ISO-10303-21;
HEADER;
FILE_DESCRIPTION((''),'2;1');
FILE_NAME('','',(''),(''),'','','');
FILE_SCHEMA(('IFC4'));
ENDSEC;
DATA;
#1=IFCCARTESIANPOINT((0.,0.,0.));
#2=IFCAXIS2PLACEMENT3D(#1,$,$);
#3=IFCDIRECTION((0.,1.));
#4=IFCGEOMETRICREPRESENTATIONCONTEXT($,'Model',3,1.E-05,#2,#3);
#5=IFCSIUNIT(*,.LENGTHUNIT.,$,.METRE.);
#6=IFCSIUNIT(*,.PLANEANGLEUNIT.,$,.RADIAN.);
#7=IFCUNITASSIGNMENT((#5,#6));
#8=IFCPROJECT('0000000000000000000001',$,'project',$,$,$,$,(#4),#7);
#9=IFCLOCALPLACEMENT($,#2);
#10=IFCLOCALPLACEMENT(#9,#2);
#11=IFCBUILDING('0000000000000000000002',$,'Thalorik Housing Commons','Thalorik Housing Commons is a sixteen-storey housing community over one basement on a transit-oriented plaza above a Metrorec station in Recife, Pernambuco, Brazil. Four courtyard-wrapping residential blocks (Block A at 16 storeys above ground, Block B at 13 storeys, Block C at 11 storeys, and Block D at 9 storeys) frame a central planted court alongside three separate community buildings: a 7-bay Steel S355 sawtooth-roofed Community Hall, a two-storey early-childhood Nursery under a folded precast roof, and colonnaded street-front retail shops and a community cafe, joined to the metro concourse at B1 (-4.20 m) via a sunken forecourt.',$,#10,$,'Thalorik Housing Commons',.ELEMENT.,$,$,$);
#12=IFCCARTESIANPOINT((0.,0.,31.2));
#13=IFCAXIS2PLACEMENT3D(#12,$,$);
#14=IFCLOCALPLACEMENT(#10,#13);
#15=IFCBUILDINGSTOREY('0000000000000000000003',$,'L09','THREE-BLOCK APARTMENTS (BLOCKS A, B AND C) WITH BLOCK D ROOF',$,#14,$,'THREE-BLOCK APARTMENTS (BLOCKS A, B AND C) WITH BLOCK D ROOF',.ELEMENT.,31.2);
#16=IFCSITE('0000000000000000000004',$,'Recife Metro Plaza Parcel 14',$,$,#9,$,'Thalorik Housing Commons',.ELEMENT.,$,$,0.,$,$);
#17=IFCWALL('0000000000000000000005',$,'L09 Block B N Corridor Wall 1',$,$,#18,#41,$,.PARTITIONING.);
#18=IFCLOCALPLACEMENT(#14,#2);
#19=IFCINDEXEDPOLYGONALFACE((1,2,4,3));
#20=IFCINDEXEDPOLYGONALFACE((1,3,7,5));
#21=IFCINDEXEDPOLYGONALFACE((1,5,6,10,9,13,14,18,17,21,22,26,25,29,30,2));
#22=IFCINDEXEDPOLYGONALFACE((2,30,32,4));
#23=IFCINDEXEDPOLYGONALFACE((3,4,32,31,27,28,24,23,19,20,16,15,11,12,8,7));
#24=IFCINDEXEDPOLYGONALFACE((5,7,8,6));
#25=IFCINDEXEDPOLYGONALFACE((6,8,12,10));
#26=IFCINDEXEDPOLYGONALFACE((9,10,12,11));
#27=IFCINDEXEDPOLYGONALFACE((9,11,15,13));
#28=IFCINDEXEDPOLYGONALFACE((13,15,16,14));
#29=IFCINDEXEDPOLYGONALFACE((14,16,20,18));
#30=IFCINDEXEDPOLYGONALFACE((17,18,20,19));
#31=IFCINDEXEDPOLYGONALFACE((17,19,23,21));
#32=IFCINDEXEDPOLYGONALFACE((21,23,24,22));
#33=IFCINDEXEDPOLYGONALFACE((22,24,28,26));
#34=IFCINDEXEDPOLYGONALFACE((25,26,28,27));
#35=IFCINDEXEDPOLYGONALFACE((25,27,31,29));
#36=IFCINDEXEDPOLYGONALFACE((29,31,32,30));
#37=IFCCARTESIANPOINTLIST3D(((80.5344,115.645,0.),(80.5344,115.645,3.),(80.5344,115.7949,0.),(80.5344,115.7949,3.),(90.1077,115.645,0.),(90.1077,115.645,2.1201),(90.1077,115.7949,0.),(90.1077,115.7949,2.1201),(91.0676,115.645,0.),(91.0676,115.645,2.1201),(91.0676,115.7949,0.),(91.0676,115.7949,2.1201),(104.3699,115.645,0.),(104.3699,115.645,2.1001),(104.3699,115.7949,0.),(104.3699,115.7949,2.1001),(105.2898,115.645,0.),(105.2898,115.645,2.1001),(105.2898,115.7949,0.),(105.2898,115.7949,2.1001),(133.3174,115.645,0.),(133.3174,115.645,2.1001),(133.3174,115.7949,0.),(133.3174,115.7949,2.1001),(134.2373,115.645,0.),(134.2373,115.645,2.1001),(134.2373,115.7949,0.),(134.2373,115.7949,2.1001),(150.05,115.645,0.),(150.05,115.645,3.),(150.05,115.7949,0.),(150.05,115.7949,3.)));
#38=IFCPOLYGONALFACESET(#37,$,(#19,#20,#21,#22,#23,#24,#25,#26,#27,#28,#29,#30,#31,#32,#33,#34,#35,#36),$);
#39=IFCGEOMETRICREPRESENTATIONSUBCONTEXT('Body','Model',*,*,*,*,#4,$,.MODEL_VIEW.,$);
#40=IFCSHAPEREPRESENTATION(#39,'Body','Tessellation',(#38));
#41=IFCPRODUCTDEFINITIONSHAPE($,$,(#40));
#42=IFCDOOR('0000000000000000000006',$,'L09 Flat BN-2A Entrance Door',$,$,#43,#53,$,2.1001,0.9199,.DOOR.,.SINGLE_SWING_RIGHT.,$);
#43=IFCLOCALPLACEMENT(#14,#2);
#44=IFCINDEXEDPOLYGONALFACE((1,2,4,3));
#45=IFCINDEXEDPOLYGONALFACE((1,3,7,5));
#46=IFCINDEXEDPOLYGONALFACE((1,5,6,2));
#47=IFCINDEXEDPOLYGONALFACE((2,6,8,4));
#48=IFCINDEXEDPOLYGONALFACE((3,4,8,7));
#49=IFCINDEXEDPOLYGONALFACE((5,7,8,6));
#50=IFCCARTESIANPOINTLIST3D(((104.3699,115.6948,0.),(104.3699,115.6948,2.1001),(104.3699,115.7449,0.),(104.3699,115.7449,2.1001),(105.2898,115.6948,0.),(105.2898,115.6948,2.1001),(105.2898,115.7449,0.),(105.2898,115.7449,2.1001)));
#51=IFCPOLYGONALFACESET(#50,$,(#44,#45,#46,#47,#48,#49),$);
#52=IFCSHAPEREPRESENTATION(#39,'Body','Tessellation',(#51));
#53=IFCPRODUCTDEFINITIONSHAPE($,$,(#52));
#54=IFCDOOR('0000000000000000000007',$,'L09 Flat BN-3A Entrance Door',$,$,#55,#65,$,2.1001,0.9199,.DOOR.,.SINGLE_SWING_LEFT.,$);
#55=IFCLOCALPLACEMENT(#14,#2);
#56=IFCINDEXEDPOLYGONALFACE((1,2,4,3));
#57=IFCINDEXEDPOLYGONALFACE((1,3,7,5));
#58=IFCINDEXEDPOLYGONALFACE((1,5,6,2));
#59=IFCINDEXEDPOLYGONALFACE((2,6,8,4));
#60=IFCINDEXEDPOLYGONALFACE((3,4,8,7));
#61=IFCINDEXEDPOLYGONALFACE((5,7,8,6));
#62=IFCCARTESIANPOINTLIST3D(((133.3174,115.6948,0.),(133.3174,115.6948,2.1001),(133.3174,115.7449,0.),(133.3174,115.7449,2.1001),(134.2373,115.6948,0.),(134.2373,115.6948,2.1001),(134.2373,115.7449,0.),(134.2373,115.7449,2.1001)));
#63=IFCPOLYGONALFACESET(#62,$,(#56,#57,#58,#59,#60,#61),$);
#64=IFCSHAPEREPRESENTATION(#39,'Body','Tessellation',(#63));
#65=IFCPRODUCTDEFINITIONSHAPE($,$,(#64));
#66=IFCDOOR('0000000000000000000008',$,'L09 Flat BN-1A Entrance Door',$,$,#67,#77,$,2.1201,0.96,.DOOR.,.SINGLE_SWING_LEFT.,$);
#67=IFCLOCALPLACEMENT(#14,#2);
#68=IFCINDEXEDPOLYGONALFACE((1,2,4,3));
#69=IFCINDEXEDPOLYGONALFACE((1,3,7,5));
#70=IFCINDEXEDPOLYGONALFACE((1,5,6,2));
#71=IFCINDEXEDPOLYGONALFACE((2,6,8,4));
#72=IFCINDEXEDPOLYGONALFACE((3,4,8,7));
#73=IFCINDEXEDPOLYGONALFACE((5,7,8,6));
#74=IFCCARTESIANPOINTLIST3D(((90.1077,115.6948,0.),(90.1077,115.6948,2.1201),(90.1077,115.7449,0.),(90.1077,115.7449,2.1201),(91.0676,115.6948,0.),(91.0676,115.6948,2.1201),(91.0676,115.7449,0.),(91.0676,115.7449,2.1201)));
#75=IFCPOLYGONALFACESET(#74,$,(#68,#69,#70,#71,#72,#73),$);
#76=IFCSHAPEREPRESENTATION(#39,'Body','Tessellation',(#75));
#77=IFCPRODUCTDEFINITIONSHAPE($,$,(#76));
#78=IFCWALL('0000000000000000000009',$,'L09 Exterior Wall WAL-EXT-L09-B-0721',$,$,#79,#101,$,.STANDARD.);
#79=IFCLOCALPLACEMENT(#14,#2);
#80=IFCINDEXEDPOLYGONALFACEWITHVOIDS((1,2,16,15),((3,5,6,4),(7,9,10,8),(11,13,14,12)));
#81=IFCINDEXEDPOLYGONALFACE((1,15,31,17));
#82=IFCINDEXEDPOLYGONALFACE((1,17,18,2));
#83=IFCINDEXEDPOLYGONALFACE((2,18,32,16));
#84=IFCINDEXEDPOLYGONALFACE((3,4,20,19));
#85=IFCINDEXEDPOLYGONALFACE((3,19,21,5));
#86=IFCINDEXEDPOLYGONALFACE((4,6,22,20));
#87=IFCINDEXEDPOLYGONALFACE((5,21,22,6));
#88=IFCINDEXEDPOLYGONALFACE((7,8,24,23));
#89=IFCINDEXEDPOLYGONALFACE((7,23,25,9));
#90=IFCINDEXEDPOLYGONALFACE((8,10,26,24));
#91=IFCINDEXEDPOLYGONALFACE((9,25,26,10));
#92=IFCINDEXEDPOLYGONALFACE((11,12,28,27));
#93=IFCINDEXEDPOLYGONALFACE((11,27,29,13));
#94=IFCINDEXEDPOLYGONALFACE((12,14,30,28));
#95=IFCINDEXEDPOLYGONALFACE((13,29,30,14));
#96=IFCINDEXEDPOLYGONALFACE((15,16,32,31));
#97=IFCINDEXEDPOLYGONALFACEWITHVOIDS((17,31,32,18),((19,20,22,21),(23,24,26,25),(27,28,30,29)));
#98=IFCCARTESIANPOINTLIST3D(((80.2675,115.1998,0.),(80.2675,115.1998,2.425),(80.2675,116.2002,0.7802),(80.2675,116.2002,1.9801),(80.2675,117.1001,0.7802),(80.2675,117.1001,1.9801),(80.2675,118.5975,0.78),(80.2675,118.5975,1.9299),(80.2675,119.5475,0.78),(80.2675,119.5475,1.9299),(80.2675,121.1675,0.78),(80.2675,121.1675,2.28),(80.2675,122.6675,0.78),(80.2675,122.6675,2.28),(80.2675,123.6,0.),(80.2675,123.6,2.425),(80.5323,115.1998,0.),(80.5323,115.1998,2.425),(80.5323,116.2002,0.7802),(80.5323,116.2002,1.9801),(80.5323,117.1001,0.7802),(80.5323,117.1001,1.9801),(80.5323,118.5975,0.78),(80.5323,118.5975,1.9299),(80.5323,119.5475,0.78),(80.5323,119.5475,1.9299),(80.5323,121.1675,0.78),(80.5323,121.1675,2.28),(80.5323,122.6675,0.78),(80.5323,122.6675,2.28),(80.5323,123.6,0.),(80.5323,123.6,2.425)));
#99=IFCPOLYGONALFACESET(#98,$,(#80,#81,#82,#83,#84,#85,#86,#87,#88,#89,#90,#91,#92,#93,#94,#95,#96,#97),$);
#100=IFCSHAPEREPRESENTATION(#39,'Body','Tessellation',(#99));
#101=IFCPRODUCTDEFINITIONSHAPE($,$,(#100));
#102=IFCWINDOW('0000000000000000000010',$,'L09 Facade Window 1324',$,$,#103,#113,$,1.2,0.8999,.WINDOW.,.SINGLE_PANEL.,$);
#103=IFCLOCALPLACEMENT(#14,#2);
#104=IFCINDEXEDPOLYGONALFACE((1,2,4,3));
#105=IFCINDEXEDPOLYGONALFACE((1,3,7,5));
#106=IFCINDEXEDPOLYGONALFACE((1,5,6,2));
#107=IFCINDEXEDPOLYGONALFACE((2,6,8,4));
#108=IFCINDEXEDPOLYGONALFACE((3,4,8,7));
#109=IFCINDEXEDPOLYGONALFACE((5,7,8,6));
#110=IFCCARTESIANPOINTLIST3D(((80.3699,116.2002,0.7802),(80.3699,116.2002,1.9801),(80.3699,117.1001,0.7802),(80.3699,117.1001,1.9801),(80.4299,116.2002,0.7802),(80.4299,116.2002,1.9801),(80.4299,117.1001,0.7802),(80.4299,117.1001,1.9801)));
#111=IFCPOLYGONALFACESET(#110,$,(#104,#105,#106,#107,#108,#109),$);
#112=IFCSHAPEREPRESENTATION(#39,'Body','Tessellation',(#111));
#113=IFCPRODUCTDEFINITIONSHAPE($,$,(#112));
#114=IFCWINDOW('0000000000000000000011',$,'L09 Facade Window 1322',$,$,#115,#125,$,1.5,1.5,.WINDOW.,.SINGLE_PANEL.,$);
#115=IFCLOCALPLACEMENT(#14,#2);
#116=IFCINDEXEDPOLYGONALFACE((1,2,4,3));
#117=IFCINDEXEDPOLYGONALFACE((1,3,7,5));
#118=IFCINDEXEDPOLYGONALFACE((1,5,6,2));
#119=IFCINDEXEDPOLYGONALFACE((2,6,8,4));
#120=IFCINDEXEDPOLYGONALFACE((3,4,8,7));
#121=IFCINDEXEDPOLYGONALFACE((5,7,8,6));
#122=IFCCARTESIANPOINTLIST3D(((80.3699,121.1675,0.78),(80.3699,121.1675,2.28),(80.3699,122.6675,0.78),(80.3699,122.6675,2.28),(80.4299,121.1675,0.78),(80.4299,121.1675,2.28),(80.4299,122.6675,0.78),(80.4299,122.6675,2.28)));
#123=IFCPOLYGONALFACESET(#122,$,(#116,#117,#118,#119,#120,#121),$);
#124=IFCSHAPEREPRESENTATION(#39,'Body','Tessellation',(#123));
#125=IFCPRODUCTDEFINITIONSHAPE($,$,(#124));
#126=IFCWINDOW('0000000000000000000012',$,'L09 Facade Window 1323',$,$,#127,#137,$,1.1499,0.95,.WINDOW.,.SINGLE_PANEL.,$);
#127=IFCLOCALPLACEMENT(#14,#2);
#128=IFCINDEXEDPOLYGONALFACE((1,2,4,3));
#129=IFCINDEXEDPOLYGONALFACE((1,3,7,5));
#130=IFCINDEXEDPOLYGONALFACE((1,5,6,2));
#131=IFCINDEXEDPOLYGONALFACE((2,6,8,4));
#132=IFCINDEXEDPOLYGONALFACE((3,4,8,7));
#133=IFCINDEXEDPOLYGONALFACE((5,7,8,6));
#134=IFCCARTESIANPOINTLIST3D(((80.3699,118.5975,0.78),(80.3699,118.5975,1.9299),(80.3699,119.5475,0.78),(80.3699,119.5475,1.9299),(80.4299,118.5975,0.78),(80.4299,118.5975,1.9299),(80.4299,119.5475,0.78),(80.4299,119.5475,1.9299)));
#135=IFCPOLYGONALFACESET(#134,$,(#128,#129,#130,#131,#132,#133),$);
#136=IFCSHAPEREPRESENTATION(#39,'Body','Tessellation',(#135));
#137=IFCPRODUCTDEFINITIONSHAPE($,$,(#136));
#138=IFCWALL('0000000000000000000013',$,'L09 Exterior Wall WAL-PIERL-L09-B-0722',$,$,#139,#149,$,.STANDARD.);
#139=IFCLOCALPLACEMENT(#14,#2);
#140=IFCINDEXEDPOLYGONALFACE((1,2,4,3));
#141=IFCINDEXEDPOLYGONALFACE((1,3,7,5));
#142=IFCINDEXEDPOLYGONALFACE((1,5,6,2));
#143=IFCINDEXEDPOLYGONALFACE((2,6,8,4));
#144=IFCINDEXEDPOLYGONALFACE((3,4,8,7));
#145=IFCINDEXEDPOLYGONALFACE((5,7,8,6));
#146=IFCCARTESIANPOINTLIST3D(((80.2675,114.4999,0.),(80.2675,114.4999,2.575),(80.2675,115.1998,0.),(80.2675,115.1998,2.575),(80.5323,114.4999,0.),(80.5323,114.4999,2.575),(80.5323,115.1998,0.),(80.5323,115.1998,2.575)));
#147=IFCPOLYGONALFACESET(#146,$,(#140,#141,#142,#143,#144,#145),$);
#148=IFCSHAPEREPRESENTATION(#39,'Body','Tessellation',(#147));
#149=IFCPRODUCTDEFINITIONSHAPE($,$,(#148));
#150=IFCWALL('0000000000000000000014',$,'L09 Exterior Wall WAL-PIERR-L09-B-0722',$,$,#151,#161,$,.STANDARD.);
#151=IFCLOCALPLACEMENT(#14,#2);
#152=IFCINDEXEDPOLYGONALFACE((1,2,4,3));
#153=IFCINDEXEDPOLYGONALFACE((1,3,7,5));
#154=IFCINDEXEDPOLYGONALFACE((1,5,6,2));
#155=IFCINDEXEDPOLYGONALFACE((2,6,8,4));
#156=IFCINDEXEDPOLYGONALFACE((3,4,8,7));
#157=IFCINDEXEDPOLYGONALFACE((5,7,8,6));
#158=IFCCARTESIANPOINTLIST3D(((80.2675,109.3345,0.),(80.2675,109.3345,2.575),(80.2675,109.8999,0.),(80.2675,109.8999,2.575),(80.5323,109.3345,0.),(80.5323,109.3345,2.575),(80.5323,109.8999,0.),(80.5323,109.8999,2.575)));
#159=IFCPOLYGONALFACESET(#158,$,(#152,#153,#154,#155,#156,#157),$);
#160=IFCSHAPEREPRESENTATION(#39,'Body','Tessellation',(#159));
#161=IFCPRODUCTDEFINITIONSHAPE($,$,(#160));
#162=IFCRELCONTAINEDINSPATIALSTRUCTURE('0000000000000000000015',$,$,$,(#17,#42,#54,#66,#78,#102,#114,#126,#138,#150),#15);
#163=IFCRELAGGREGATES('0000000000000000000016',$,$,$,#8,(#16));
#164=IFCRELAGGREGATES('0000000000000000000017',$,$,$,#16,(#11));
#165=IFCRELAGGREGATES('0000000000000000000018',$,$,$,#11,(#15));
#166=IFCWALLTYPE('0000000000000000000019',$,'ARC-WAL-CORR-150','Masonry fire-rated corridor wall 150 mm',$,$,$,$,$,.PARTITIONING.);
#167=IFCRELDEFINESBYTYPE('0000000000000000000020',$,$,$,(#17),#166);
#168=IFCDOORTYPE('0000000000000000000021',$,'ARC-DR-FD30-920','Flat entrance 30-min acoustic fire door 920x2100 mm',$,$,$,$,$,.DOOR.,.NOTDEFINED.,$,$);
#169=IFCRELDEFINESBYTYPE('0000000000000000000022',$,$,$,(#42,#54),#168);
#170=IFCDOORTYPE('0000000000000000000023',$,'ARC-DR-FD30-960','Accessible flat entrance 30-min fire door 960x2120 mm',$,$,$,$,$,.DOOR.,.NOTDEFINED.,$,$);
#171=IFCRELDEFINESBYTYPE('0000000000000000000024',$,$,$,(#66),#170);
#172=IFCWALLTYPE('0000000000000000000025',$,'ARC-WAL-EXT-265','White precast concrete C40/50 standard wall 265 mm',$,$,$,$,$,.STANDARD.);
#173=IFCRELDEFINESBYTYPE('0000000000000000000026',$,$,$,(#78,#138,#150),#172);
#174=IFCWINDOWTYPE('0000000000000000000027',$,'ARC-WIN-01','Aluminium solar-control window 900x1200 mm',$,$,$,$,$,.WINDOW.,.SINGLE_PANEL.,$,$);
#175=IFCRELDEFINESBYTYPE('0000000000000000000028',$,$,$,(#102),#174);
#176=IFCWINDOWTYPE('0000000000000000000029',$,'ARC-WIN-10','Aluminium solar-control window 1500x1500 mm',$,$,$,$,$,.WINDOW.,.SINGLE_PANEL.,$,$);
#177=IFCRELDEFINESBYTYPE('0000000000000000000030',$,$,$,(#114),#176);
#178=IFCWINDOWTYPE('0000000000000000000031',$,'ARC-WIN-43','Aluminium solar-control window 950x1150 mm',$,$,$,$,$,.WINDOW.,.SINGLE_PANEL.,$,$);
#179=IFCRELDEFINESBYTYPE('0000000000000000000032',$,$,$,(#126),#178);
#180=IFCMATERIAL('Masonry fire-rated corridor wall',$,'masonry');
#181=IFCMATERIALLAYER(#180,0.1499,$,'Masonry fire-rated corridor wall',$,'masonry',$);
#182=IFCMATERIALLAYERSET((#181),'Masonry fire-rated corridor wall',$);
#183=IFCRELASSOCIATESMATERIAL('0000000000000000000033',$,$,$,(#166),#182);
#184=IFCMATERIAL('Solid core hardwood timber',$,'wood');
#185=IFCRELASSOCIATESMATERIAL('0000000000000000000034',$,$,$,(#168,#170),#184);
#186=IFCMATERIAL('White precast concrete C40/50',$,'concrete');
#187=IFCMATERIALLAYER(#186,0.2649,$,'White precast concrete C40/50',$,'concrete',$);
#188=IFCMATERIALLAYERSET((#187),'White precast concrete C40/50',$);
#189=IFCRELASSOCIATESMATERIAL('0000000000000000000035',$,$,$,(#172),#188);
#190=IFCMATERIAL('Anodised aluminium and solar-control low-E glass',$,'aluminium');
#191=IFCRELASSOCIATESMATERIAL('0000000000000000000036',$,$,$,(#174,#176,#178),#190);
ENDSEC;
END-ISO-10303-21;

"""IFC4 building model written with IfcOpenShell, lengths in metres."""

from ifc_helpers import new_model, si_unit, direction, frame, frame_2d, origin, place, context, subcontext, project, spatial, rectangle, extrude, material, layer, layer_set, type_object, element, fill, save


model = new_model("IFC4")

# Units and contexts
model_context = context("Model", 3, precision=1e-05, world=origin(), true_north=direction((0.0, 1.0)))
body_context = subcontext(model_context, "Body", "Model", "MODEL_VIEW")
ifc_project = project(units=[si_unit("LENGTHUNIT", "METRE"), si_unit("PLANEANGLEUNIT", "RADIAN")], contexts=[model_context])

# Site, building, storey
site_placement = place(None, origin())
site = spatial("IfcSite", under=ifc_project, at=site_placement, Name="Recife Metro Plaza Parcel 14", LongName="Thalorik Housing Commons", CompositionType="ELEMENT", RefElevation=0.0)
building_placement = place(site_placement, origin())
building = spatial("IfcBuilding", under=site, at=building_placement, Name="Thalorik Housing Commons", Description="Thalorik Housing Commons is a sixteen-storey housing community over one basement on a transit-oriented plaza above a Metrorec station in Recife, Pernambuco, Brazil. Four courtyard-wrapping residential blocks (Block A at 16 storeys above ground, Block B at 13 storeys, Block C at 11 storeys, and Block D at 9 storeys) frame a central planted court alongside three separate community buildings: a 7-bay Steel S355 sawtooth-roofed Community Hall, a two-storey early-childhood Nursery under a folded precast roof, and colonnaded street-front retail shops and a community cafe, joined to the metro concourse at B1 (-4.20 m) via a sunken forecourt.", LongName="Thalorik Housing Commons", CompositionType="ELEMENT")
storey_placement = place(building_placement, frame((0.0, 0.0, 31.2)))
storey = spatial("IfcBuildingStorey", under=building, at=storey_placement, Name="L09", Description="THREE-BLOCK APARTMENTS (BLOCKS A, B AND C) WITH BLOCK D ROOF", LongName="THREE-BLOCK APARTMENTS (BLOCKS A, B AND C) WITH BLOCK D ROOF", CompositionType="ELEMENT", Elevation=31.2)

# Shared definitions
ifc_material_1 = material(Name="Anodised aluminium and solar-control low-E glass", Category="aluminium")

# Wall, openings, doors
ifc_material_2 = material(Name="Masonry fire-rated corridor wall", Category="masonry")
ifc_layer_1 = layer(ifc_material_2, 0.1499, Name="Masonry fire-rated corridor wall", Category="masonry")
ifc_layer_set_1 = layer_set([ifc_layer_1], Name="Masonry fire-rated corridor wall")
wall_type_1 = type_object("IfcWallType", Name="ARC-WAL-CORR-150", Description="Masonry fire-rated corridor wall 150 mm", PredefinedType="PARTITIONING", material=ifc_layer_set_1)
wall_1_placement = place(storey_placement, frame((80.5344, 115.72, 0.0), z_axis=(0.0, 0.0, 1.0), x_axis=(1.0, 0.0, 0.0)))
wall_1 = element("IfcWall", 1, at=wall_1_placement, inside=storey, type_object=wall_type_1, Name="L09 Block B N Corridor Wall 1", PredefinedType="PARTITIONING", context=body_context, shape_type="SweptSolid", body=[
    extrude(rectangle(XDim=69.5156, YDim=0.1499, at=frame_2d((34.7578, 0.0))), origin(), (0.0, 0.0, 1.0), 3.0),
])
opening_1_placement = place(wall_1_placement, frame((9.5732, 0.0, 0.0)))
opening_1 = element("IfcOpeningElement", 2, at=opening_1_placement, cuts=wall_1, PredefinedType="OPENING", context=body_context, shape_type="SweptSolid", body=[
    extrude(rectangle(XDim=0.96, YDim=2.1201, at=frame_2d((0.48, 1.0601))), frame((0.0, 0.085, 0.0), z_axis=(0.0, -1.0, 0.0), x_axis=(1.0, 0.0, 0.0)), (0.0, 0.0, 1.0), 0.1699),
])
opening_2_placement = place(wall_1_placement, frame((23.8354, 0.0, 0.0)))
opening_2 = element("IfcOpeningElement", 3, at=opening_2_placement, cuts=wall_1, PredefinedType="OPENING", context=body_context, shape_type="SweptSolid", body=[
    extrude(rectangle(XDim=0.9199, YDim=2.1001, at=frame_2d((0.46, 1.05))), frame((0.0, 0.085, 0.0), z_axis=(0.0, -1.0, 0.0), x_axis=(1.0, 0.0, 0.0)), (0.0, 0.0, 1.0), 0.1699),
])
opening_3_placement = place(wall_1_placement, frame((52.783, 0.0, 0.0)))
opening_3 = element("IfcOpeningElement", 4, at=opening_3_placement, cuts=wall_1, PredefinedType="OPENING", context=body_context, shape_type="SweptSolid", body=[
    extrude(rectangle(XDim=0.9199, YDim=2.1001, at=frame_2d((0.46, 1.05))), frame((0.0, 0.085, 0.0), z_axis=(0.0, -1.0, 0.0), x_axis=(1.0, 0.0, 0.0)), (0.0, 0.0, 1.0), 0.1699),
])
ifc_material_3 = material(Name="Solid core hardwood timber", Category="wood")
door_type_1 = type_object("IfcDoorType", Name="ARC-DR-FD30-920", Description="Flat entrance 30-min acoustic fire door 920x2100 mm", OperationType="NOTDEFINED", PredefinedType="DOOR", material=ifc_material_3)
door_1_placement = place(opening_2_placement, origin())
door_1 = element("IfcDoor", 5, at=door_1_placement, inside=storey, type_object=door_type_1, Name="L09 Flat BN-2A Entrance Door", OperationType="SINGLE_SWING_RIGHT", OverallHeight=2.1001, OverallWidth=0.9199, PredefinedType="DOOR", context=body_context, shape_type="SweptSolid", body=[
    extrude(rectangle(XDim=0.9199, YDim=2.1001, at=frame_2d((0.46, 1.05))), frame((0.0, 0.0249, 0.0), z_axis=(0.0, -1.0, 0.0), x_axis=(1.0, 0.0, 0.0)), (0.0, 0.0, 1.0), 0.05),
])
fill(opening_2, door_1)
door_2_placement = place(opening_3_placement, origin())
door_2 = element("IfcDoor", 6, at=door_2_placement, inside=storey, type_object=door_type_1, Name="L09 Flat BN-3A Entrance Door", OperationType="SINGLE_SWING_LEFT", OverallHeight=2.1001, OverallWidth=0.9199, PredefinedType="DOOR", context=body_context, shape_type="SweptSolid", body=[
    extrude(rectangle(XDim=0.9199, YDim=2.1001, at=frame_2d((0.46, 1.05))), frame((0.0, 0.0249, 0.0), z_axis=(0.0, -1.0, 0.0), x_axis=(1.0, 0.0, 0.0)), (0.0, 0.0, 1.0), 0.05),
])
fill(opening_3, door_2)
door_type_2 = type_object("IfcDoorType", Name="ARC-DR-FD30-960", Description="Accessible flat entrance 30-min fire door 960x2120 mm", OperationType="NOTDEFINED", PredefinedType="DOOR", material=ifc_material_3)
door_3_placement = place(opening_1_placement, origin())
door_3 = element("IfcDoor", 7, at=door_3_placement, inside=storey, type_object=door_type_2, Name="L09 Flat BN-1A Entrance Door", OperationType="SINGLE_SWING_LEFT", OverallHeight=2.1201, OverallWidth=0.96, PredefinedType="DOOR", context=body_context, shape_type="SweptSolid", body=[
    extrude(rectangle(XDim=0.96, YDim=2.1201, at=frame_2d((0.48, 1.0601))), frame((0.0, 0.0249, 0.0), z_axis=(0.0, -1.0, 0.0), x_axis=(1.0, 0.0, 0.0)), (0.0, 0.0, 1.0), 0.05),
])
fill(opening_1, door_3)

# Wall, openings, windows
ifc_material_4 = material(Name="White precast concrete C40/50", Category="concrete")
ifc_layer_2 = layer(ifc_material_4, 0.2649, Name="White precast concrete C40/50", Category="concrete")
ifc_layer_set_2 = layer_set([ifc_layer_2], Name="White precast concrete C40/50")
wall_type_2 = type_object("IfcWallType", Name="ARC-WAL-EXT-265", Description="White precast concrete C40/50 standard wall 265 mm", PredefinedType="STANDARD", material=ifc_layer_set_2)
wall_2_placement = place(storey_placement, frame((80.3999, 123.6001, 0.0), z_axis=(0.0, 0.0, 1.0), x_axis=(0.0, -1.0, 0.0)))
wall_2 = element("IfcWall", 8, at=wall_2_placement, inside=storey, type_object=wall_type_2, Name="L09 Exterior Wall WAL-EXT-L09-B-0721", PredefinedType="STANDARD", context=body_context, shape_type="SweptSolid", body=[
    extrude(rectangle(XDim=8.4001, YDim=0.2649, at=frame_2d((4.2002, 0.0))), origin(), (0.0, 0.0, 1.0), 2.425),
])
opening_4_placement = place(wall_2_placement, frame((0.9326, 0.0, 0.78)))
opening_4 = element("IfcOpeningElement", 9, at=opening_4_placement, cuts=wall_2, PredefinedType="OPENING", context=body_context, shape_type="SweptSolid", body=[
    extrude(rectangle(XDim=1.5, YDim=1.5, at=frame_2d((0.75, 0.75))), frame((0.0, 0.1426, 0.0), z_axis=(0.0, -1.0, 0.0), x_axis=(1.0, 0.0, 0.0)), (0.0, 0.0, 1.0), 0.2849),
])
opening_5_placement = place(wall_2_placement, frame((4.0525, 0.0, 0.78)))
opening_5 = element("IfcOpeningElement", 10, at=opening_5_placement, cuts=wall_2, PredefinedType="OPENING", context=body_context, shape_type="SweptSolid", body=[
    extrude(rectangle(XDim=0.95, YDim=1.1499, at=frame_2d((0.4751, 0.575))), frame((0.0, 0.1426, 0.0), z_axis=(0.0, -1.0, 0.0), x_axis=(1.0, 0.0, 0.0)), (0.0, 0.0, 1.0), 0.2849),
])
opening_6_placement = place(wall_2_placement, frame((6.5, 0.0, 0.78)))
opening_6 = element("IfcOpeningElement", 11, at=opening_6_placement, cuts=wall_2, PredefinedType="OPENING", context=body_context, shape_type="SweptSolid", body=[
    extrude(rectangle(XDim=0.8999, YDim=1.2, at=frame_2d((0.45, 0.6001))), frame((0.0, 0.1426, 0.0), z_axis=(0.0, -1.0, 0.0), x_axis=(1.0, 0.0, 0.0)), (0.0, 0.0, 1.0), 0.2849),
])
window_type_1 = type_object("IfcWindowType", Name="ARC-WIN-01", Description="Aluminium solar-control window 900x1200 mm", PartitioningType="SINGLE_PANEL", PredefinedType="WINDOW", material=ifc_material_1)
window_1_placement = place(opening_6_placement, origin())
window_1 = element("IfcWindow", 12, at=window_1_placement, inside=storey, type_object=window_type_1, Name="L09 Facade Window 1324", OverallHeight=1.2, OverallWidth=0.8999, PartitioningType="SINGLE_PANEL", PredefinedType="WINDOW", context=body_context, shape_type="SweptSolid", body=[
    extrude(rectangle(XDim=0.8999, YDim=1.2, at=frame_2d((0.45, 0.6001))), frame((0.0, 0.03, 0.0), z_axis=(0.0, -1.0, 0.0), x_axis=(1.0, 0.0, 0.0)), (0.0, 0.0, 1.0), 0.0601),
])
fill(opening_6, window_1)
window_type_2 = type_object("IfcWindowType", Name="ARC-WIN-10", Description="Aluminium solar-control window 1500x1500 mm", PartitioningType="SINGLE_PANEL", PredefinedType="WINDOW", material=ifc_material_1)
window_2_placement = place(opening_4_placement, origin())
window_2 = element("IfcWindow", 13, at=window_2_placement, inside=storey, type_object=window_type_2, Name="L09 Facade Window 1322", OverallHeight=1.5, OverallWidth=1.5, PartitioningType="SINGLE_PANEL", PredefinedType="WINDOW", context=body_context, shape_type="SweptSolid", body=[
    extrude(rectangle(XDim=1.5, YDim=1.5, at=frame_2d((0.75, 0.75))), frame((0.0, 0.03, 0.0), z_axis=(0.0, -1.0, 0.0), x_axis=(1.0, 0.0, 0.0)), (0.0, 0.0, 1.0), 0.0601),
])
fill(opening_4, window_2)
window_type_3 = type_object("IfcWindowType", Name="ARC-WIN-43", Description="Aluminium solar-control window 950x1150 mm", PartitioningType="SINGLE_PANEL", PredefinedType="WINDOW", material=ifc_material_1)
window_3_placement = place(opening_5_placement, origin())
window_3 = element("IfcWindow", 14, at=window_3_placement, inside=storey, type_object=window_type_3, Name="L09 Facade Window 1323", OverallHeight=1.1499, OverallWidth=0.95, PartitioningType="SINGLE_PANEL", PredefinedType="WINDOW", context=body_context, shape_type="SweptSolid", body=[
    extrude(rectangle(XDim=0.95, YDim=1.1499, at=frame_2d((0.4751, 0.575))), frame((0.0, 0.03, 0.0), z_axis=(0.0, -1.0, 0.0), x_axis=(1.0, 0.0, 0.0)), (0.0, 0.0, 1.0), 0.0601),
])
fill(opening_5, window_3)

# Walls
wall_3_placement = place(storey_placement, frame((80.3999, 115.2, 0.0), z_axis=(0.0, 0.0, 1.0), x_axis=(0.0, -1.0, 0.0)))
element("IfcWall", 15, at=wall_3_placement, inside=storey, type_object=wall_type_2, Name="L09 Exterior Wall WAL-PIERL-L09-B-0722", PredefinedType="STANDARD", context=body_context, shape_type="SweptSolid", body=[
    extrude(rectangle(XDim=0.7, YDim=0.2649, at=frame_2d((0.3501, 0.0))), origin(), (0.0, 0.0, 1.0), 2.575),
])
wall_4_placement = place(storey_placement, frame((80.3999, 109.8999, 0.0), z_axis=(0.0, 0.0, 1.0), x_axis=(0.0, -1.0, 0.0)))
element("IfcWall", 16, at=wall_4_placement, inside=storey, type_object=wall_type_2, Name="L09 Exterior Wall WAL-PIERR-L09-B-0722", PredefinedType="STANDARD", context=body_context, shape_type="SweptSolid", body=[
    extrude(rectangle(XDim=0.5654, YDim=0.2649, at=frame_2d((0.2827, 0.0))), origin(), (0.0, 0.0, 1.0), 2.575),
])

save(model, "model.ifc")
